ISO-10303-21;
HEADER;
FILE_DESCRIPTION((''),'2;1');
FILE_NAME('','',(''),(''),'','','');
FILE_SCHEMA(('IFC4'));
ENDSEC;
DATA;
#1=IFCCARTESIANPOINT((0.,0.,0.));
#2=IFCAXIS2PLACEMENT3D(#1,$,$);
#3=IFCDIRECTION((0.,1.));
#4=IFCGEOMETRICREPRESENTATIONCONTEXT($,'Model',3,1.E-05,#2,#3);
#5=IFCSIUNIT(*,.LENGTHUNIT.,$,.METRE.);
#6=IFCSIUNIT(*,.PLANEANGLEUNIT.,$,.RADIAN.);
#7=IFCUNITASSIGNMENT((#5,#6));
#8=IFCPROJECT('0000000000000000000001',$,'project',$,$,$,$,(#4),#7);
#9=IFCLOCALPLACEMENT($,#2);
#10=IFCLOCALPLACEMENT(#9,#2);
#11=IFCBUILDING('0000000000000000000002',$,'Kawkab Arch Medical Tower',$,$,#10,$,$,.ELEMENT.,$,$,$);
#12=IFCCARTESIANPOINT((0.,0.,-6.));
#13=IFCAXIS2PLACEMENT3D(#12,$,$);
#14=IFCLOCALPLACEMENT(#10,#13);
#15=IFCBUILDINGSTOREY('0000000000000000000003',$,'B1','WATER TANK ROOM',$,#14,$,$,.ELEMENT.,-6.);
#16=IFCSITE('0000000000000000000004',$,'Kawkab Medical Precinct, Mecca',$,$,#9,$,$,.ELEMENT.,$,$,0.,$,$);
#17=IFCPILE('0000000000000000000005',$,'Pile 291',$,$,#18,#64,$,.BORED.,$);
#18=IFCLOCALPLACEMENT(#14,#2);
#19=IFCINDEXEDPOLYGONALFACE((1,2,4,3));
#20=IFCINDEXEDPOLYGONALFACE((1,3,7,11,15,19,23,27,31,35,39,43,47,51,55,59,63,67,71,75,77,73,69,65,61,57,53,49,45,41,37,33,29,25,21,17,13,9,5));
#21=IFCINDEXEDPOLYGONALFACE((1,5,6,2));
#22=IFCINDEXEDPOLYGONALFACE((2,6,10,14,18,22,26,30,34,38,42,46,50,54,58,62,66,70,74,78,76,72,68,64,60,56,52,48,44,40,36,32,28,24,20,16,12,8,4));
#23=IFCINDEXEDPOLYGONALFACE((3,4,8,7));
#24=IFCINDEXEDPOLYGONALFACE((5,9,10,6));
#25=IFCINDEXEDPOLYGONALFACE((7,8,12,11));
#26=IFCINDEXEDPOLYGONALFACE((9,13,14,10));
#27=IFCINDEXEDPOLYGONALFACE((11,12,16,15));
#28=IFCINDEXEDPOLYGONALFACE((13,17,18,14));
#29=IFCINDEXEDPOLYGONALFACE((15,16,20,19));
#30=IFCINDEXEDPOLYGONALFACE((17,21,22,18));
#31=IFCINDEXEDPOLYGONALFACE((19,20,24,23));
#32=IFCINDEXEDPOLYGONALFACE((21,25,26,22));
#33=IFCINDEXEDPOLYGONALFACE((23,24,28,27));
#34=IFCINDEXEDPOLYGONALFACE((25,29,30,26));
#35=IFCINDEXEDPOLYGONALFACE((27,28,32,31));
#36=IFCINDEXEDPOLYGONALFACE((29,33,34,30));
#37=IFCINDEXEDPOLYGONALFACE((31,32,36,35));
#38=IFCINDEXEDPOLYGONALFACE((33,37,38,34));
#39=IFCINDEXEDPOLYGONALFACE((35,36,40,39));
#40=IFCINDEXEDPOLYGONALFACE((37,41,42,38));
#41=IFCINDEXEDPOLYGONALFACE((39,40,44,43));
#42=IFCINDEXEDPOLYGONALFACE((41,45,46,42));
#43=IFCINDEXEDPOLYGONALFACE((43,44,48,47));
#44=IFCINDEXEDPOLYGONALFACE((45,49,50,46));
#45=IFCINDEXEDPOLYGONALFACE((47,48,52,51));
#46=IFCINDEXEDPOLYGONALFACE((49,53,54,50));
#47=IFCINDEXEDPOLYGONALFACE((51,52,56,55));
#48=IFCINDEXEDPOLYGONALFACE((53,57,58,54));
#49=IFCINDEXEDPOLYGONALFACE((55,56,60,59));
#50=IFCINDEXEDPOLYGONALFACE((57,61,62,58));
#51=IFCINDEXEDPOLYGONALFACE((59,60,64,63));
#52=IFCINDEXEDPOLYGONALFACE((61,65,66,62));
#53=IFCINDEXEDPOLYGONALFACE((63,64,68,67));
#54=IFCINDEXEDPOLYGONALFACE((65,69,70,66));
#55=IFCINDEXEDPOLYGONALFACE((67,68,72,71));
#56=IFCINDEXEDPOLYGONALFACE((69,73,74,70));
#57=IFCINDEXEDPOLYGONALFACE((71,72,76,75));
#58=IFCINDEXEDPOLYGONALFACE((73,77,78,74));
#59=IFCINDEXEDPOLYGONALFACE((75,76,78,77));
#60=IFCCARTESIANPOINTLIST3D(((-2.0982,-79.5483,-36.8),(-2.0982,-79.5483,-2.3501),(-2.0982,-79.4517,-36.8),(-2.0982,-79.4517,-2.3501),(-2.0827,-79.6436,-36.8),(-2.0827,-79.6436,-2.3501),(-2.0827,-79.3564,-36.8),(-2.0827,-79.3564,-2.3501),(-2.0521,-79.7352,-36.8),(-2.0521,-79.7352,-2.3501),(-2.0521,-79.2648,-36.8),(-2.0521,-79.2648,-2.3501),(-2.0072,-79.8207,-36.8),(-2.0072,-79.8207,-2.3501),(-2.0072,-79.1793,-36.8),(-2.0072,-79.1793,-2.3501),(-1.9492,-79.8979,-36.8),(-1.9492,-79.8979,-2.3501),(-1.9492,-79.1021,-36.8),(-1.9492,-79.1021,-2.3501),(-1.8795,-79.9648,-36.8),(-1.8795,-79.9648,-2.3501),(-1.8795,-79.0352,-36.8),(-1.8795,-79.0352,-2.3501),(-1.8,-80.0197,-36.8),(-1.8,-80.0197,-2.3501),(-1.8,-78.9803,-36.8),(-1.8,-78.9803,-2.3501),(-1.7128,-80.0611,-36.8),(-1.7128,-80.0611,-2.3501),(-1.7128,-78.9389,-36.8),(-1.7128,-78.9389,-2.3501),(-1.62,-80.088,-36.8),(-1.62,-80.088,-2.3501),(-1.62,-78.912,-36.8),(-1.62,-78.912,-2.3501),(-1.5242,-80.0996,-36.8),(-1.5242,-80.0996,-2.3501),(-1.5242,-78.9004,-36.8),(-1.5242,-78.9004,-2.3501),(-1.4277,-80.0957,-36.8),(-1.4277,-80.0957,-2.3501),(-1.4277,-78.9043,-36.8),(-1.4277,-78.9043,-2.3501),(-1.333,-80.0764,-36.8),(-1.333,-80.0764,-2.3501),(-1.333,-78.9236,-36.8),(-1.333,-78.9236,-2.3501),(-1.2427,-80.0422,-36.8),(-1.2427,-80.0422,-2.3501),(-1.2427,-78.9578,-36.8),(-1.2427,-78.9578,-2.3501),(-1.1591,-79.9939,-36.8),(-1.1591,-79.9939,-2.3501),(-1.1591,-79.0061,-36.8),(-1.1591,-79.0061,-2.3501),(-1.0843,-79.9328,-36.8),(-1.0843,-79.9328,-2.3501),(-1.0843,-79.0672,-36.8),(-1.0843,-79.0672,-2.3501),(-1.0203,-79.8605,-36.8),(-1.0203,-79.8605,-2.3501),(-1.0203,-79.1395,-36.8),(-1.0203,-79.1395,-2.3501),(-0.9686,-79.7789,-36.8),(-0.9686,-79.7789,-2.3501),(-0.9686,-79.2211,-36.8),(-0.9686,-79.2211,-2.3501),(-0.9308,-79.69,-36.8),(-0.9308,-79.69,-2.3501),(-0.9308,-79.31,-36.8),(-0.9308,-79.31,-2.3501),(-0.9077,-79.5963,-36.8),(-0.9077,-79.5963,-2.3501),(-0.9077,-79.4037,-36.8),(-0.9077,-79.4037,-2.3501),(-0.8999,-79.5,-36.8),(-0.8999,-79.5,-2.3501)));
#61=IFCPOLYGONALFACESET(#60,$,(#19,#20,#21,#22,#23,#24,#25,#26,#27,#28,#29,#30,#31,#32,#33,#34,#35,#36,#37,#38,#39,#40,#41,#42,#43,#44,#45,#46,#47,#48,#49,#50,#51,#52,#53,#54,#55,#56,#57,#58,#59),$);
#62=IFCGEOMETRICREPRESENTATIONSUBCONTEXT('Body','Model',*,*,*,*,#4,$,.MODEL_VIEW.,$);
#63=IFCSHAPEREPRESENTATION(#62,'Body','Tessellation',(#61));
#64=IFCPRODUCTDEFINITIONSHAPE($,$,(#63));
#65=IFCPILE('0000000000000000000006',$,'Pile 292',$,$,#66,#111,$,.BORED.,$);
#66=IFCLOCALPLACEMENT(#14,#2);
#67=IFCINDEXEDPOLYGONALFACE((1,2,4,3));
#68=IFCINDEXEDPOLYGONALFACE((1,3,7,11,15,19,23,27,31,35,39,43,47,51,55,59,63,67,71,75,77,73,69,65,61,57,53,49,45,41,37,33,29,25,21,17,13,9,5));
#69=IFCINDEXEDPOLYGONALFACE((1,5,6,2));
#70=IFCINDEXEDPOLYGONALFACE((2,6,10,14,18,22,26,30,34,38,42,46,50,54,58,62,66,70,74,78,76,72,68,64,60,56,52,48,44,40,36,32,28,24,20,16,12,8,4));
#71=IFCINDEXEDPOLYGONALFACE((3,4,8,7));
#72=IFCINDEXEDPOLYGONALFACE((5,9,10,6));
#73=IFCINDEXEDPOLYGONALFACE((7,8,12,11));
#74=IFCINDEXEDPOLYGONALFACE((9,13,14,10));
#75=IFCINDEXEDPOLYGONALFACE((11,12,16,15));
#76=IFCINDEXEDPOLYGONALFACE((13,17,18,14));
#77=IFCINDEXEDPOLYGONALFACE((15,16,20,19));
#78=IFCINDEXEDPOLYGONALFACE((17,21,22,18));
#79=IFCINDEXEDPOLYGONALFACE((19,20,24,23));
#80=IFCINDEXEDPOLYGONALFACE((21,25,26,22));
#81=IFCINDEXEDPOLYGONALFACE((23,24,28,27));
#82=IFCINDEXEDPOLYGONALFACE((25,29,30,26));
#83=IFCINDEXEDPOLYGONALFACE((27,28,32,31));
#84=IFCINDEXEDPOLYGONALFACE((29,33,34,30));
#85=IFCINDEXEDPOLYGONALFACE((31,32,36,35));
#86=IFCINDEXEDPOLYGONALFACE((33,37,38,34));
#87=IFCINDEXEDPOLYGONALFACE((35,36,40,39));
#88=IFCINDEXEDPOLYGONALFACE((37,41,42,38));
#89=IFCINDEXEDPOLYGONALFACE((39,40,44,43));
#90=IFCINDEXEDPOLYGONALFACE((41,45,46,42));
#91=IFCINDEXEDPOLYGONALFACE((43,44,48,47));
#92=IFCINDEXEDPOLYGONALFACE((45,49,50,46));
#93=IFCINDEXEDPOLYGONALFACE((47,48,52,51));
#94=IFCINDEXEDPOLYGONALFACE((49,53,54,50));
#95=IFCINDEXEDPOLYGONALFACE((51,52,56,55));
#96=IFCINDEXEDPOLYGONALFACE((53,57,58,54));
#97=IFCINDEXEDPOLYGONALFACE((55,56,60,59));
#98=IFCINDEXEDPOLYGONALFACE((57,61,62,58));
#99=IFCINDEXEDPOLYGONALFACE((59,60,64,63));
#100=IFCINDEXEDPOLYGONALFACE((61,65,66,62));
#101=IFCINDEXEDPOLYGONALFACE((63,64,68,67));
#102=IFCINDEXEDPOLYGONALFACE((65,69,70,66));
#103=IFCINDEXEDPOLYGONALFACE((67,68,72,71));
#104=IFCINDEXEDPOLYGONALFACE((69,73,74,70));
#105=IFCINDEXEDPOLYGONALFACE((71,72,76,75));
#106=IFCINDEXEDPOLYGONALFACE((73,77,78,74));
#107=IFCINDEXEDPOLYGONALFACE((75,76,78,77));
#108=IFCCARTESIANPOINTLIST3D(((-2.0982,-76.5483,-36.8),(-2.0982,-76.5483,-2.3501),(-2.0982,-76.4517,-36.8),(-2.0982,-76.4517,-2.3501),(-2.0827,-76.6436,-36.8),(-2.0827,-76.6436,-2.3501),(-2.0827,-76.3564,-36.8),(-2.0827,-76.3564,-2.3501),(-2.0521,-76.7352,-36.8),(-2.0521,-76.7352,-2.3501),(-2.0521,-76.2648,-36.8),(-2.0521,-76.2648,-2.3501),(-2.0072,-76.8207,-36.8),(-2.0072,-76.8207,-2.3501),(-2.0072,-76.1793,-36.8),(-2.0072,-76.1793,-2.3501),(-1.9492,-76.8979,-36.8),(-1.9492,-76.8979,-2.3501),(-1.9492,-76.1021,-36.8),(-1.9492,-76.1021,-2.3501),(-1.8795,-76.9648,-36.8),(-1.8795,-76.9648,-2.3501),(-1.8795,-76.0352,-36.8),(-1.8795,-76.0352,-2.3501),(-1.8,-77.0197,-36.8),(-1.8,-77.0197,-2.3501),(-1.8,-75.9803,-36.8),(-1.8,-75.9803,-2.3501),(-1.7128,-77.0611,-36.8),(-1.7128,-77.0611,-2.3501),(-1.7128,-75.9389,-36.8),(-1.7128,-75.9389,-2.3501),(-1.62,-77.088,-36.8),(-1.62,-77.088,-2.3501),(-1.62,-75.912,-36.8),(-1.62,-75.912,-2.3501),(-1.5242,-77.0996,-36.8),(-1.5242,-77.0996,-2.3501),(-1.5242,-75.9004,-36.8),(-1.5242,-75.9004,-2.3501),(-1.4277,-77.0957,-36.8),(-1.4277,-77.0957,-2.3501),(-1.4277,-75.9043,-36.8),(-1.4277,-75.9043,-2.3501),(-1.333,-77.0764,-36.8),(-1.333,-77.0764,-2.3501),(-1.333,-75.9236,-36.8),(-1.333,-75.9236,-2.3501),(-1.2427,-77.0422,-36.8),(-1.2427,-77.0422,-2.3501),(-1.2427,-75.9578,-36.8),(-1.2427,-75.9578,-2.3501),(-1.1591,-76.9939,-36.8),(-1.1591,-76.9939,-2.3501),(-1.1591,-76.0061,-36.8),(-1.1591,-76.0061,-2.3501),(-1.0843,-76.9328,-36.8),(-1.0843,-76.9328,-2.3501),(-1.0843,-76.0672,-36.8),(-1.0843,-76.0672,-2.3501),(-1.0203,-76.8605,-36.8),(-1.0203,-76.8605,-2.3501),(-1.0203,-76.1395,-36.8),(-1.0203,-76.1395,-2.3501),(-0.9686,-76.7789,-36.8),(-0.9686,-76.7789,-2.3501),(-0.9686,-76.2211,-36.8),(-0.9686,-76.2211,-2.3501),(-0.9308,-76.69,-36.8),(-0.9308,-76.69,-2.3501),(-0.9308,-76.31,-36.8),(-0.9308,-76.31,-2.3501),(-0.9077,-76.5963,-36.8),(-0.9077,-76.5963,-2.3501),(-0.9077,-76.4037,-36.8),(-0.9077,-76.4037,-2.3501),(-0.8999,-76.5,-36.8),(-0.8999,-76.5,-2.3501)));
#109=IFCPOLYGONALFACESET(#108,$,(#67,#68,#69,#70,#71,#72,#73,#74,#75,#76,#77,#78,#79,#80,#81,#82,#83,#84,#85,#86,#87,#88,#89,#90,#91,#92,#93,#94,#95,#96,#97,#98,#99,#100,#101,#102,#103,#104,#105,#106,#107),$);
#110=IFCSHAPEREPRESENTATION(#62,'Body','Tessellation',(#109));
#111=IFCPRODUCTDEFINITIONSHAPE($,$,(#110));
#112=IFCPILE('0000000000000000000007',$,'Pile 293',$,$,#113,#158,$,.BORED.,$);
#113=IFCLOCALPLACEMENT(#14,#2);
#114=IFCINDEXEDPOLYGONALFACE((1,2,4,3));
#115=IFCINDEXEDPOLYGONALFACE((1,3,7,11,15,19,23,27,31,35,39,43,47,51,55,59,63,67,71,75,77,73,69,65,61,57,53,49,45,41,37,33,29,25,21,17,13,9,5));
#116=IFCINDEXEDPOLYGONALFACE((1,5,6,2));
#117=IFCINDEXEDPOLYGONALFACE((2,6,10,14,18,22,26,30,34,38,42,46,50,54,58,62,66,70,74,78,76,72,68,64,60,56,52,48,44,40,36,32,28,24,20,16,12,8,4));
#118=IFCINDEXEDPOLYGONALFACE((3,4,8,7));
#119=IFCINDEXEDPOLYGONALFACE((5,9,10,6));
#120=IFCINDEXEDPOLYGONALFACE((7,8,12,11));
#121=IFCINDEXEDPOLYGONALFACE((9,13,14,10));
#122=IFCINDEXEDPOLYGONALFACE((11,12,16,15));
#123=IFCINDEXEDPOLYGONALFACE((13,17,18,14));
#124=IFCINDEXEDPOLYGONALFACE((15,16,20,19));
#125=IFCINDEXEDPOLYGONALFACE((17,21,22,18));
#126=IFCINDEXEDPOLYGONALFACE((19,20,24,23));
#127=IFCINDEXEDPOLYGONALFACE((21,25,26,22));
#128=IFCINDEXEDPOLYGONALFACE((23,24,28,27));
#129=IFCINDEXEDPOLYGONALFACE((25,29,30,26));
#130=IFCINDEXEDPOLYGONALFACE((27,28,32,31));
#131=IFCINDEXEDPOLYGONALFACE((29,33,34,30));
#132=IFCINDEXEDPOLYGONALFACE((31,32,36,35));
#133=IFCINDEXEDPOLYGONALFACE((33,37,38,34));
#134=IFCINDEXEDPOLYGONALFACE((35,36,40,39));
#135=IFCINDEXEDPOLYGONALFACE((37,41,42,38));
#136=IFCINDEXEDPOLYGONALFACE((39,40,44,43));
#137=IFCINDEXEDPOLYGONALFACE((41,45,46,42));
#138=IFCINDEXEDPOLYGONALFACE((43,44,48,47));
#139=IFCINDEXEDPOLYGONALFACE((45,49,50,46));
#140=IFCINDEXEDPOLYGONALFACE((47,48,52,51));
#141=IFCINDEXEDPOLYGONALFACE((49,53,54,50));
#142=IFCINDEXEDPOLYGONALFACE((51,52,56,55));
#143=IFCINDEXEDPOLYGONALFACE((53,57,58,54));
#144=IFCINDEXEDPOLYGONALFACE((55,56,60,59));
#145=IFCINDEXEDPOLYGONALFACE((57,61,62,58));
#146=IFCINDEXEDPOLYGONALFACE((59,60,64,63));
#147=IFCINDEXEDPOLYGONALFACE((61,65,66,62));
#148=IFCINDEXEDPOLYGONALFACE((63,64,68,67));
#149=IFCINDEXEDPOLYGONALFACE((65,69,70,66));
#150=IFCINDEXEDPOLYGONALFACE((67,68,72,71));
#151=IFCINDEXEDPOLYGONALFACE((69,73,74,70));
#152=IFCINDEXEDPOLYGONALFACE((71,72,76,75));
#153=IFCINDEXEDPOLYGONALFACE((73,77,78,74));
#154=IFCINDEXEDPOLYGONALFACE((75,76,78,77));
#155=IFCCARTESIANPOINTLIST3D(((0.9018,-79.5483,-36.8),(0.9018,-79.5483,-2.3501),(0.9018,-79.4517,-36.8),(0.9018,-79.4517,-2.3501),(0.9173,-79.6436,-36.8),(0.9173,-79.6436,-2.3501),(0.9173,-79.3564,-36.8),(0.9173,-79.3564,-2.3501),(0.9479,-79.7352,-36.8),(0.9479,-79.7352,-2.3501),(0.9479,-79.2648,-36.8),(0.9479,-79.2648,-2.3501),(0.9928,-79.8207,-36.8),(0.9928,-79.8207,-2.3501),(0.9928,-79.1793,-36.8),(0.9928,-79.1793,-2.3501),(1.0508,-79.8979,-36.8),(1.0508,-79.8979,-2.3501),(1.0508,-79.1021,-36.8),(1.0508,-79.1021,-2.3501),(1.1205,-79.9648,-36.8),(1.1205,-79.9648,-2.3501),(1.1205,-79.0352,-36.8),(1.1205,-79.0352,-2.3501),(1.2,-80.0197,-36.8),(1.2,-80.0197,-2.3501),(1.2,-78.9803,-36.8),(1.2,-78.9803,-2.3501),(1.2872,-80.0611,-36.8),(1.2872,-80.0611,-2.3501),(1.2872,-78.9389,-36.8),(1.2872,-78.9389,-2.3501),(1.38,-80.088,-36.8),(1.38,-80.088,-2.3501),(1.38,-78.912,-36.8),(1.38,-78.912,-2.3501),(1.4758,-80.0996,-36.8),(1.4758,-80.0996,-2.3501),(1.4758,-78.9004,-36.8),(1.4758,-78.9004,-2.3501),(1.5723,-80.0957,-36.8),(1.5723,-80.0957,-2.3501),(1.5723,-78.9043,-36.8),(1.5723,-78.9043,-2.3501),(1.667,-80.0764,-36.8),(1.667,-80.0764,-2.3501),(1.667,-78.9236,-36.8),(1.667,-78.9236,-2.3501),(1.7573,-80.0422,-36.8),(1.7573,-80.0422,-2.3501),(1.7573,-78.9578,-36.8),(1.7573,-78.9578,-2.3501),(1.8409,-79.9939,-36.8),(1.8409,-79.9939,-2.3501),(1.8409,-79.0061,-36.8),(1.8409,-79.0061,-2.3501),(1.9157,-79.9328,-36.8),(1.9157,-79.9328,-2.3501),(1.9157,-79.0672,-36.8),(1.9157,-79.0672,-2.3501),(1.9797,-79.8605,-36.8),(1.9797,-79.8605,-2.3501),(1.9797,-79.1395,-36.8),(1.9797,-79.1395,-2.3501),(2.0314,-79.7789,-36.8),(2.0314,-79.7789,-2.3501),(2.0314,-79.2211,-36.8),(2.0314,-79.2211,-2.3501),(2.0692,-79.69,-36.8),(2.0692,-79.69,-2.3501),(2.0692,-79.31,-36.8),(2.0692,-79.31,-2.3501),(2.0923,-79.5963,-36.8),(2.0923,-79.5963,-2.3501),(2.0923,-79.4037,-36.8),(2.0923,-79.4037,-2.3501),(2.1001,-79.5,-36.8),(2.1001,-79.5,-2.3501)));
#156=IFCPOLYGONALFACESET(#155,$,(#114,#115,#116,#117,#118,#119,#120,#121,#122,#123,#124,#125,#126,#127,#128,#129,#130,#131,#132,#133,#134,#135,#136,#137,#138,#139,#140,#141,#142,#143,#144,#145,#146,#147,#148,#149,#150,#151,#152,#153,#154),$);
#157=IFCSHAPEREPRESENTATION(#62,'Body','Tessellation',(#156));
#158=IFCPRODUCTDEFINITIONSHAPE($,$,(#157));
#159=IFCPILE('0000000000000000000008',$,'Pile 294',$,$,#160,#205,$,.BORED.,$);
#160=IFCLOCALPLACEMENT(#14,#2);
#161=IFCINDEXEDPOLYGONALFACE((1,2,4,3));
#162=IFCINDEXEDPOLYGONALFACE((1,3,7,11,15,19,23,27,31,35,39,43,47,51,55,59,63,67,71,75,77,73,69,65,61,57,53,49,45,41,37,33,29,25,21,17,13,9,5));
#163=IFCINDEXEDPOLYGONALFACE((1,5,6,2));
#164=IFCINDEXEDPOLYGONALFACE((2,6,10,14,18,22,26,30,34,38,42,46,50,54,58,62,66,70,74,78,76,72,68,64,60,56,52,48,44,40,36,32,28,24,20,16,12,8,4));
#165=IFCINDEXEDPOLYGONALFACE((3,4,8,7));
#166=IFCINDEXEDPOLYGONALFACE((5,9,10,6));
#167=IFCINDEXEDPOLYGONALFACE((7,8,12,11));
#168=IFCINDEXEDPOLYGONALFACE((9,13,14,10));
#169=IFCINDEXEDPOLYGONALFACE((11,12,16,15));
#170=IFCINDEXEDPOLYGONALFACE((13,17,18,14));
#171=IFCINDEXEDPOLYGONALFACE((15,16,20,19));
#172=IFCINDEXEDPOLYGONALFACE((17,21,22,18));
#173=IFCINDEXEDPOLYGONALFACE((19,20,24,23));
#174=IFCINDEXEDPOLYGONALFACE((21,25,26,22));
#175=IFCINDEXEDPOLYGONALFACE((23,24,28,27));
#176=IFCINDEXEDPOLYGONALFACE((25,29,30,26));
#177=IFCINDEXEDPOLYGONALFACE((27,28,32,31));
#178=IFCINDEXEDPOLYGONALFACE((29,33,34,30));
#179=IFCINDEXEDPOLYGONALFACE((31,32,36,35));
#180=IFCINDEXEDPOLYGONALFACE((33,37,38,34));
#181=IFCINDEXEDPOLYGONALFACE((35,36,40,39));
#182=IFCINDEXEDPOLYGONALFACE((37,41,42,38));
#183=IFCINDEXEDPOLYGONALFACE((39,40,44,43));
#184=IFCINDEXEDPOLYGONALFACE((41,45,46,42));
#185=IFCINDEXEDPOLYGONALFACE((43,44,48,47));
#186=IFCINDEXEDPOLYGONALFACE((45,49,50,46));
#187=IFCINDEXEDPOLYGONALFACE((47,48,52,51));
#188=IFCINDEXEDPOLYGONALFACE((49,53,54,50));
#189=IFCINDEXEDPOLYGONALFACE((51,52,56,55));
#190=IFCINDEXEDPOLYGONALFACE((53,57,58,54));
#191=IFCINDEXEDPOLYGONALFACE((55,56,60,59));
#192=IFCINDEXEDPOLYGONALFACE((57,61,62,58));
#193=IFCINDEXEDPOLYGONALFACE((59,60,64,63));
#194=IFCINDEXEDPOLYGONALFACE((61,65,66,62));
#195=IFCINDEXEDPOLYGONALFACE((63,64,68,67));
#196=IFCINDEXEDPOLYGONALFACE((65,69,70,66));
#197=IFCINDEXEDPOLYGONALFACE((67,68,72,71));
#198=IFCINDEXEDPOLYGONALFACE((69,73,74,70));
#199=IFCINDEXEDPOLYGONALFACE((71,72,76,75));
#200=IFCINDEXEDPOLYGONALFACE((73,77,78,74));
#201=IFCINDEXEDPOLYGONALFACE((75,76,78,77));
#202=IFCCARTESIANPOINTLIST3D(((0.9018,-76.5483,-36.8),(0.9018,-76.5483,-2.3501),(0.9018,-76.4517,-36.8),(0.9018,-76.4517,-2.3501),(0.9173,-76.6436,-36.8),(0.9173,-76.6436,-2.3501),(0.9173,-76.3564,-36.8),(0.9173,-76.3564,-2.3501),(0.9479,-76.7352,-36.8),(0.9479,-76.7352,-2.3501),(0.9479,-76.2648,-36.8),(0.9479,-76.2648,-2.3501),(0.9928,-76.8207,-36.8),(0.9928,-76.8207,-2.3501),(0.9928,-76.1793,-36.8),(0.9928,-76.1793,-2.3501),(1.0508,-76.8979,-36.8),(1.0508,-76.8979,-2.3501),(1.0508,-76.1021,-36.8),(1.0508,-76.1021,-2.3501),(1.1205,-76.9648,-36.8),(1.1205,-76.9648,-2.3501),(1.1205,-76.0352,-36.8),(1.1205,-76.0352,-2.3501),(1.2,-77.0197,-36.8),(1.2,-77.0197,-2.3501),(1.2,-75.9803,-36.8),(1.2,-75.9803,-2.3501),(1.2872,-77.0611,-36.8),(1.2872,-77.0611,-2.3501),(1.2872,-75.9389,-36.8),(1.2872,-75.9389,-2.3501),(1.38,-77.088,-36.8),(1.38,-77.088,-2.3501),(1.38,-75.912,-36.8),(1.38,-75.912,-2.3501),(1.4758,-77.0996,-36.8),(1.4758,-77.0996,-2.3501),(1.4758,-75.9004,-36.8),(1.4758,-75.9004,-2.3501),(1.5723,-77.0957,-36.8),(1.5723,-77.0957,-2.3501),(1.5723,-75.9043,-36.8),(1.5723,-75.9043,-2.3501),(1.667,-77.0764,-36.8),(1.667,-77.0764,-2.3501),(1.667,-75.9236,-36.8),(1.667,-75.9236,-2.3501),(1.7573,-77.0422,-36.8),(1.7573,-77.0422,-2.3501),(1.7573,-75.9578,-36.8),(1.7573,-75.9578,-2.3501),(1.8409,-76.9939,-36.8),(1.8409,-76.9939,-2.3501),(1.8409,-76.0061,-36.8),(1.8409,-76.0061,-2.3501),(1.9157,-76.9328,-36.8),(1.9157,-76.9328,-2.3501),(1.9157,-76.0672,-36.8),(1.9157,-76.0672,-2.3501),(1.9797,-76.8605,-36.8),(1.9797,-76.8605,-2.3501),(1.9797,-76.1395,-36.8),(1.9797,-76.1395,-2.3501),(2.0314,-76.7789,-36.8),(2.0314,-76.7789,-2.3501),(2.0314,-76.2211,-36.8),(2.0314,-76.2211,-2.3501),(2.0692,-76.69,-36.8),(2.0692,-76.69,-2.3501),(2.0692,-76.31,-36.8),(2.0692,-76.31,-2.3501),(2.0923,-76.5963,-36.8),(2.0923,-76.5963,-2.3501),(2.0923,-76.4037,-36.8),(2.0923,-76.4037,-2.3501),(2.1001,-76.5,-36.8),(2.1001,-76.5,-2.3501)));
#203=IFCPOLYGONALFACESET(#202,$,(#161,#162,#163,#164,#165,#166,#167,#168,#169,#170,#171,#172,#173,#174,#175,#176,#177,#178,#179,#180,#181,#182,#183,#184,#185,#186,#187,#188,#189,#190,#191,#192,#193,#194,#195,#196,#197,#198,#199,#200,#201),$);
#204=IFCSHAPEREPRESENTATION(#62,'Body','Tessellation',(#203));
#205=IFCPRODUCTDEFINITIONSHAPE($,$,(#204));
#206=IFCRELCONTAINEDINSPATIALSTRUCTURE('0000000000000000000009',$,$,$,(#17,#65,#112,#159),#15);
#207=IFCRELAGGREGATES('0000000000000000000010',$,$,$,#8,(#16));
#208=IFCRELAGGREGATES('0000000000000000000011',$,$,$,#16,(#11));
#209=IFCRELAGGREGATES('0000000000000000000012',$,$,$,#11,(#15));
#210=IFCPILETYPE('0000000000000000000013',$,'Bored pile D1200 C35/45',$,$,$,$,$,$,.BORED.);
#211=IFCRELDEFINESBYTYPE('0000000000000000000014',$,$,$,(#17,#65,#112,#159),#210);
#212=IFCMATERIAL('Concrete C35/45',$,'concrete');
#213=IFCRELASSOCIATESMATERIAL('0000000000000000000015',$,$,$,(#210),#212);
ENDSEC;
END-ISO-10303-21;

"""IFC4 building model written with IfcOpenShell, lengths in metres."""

from ifc_helpers import new_model, si_unit, direction, frame, origin, origin_2d, place, context, subcontext, project, spatial, circle, extrude, material, material_profile, profile_set, type_object, element, save


model = new_model("IFC4")

# Units and contexts
model_context = context("Model", 3, precision=1e-05, world=origin(), true_north=direction((0.0, 1.0)))
body_context = subcontext(model_context, "Body", "Model", "MODEL_VIEW")
ifc_project = project(units=[si_unit("LENGTHUNIT", "METRE"), si_unit("PLANEANGLEUNIT", "RADIAN")], contexts=[model_context])

# Site, building, storey
site_placement = place(None, origin())
site = spatial("IfcSite", under=ifc_project, at=site_placement, Name="Kawkab Medical Precinct, Mecca", CompositionType="ELEMENT", RefElevation=0.0)
building_placement = place(site_placement, origin())
building = spatial("IfcBuilding", under=site, at=building_placement, Name="Kawkab Arch Medical Tower", CompositionType="ELEMENT")
storey_placement = place(building_placement, frame((0.0, 0.0, -6.0)))
storey = spatial("IfcBuildingStorey", under=building, at=storey_placement, Name="B1", Description="WATER TANK ROOM", CompositionType="ELEMENT", Elevation=-6.0)

# Piles
ifc_material_1 = material(Name="Concrete C35/45", Category="concrete")
ifc_material_profile_1 = material_profile(ifc_material_1, circle(Radius=0.6001, at=origin_2d()), Name="Bored pile D1200")
ifc_profile_set_1 = profile_set([ifc_material_profile_1], Name="Concrete C35/45")
pile_type = type_object("IfcPileType", Name="Bored pile D1200 C35/45", PredefinedType="BORED", material=ifc_profile_set_1)
for number, where, z_axis, x_axis, name in (
    (1, (-1.5, -79.5, -2.3501), (0.0, 0.0, -1.0), (1.0, 0.0, 0.0), "Pile 291"),
    (2, (-1.5, -76.5, -2.3501), (0.0, 0.0, -1.0), (1.0, 0.0, 0.0), "Pile 292"),
    (3, (1.5, -79.5, -2.3501), (0.0, 0.0, -1.0), (1.0, 0.0, 0.0), "Pile 293"),
    (4, (1.5, -76.5, -2.3501), (0.0, 0.0, -1.0), (1.0, 0.0, 0.0), "Pile 294"),
):
    element("IfcPile", number, at=place(storey_placement, frame(where, z_axis=z_axis, x_axis=x_axis)), inside=storey, type_object=pile_type, Name=name, PredefinedType="BORED", context=body_context, shape_type="SweptSolid", body=[
        extrude(circle(Radius=0.6001, at=origin_2d()), origin(), (0.0, 0.0, 1.0), 34.45),
    ])

save(model, "model.ifc")
